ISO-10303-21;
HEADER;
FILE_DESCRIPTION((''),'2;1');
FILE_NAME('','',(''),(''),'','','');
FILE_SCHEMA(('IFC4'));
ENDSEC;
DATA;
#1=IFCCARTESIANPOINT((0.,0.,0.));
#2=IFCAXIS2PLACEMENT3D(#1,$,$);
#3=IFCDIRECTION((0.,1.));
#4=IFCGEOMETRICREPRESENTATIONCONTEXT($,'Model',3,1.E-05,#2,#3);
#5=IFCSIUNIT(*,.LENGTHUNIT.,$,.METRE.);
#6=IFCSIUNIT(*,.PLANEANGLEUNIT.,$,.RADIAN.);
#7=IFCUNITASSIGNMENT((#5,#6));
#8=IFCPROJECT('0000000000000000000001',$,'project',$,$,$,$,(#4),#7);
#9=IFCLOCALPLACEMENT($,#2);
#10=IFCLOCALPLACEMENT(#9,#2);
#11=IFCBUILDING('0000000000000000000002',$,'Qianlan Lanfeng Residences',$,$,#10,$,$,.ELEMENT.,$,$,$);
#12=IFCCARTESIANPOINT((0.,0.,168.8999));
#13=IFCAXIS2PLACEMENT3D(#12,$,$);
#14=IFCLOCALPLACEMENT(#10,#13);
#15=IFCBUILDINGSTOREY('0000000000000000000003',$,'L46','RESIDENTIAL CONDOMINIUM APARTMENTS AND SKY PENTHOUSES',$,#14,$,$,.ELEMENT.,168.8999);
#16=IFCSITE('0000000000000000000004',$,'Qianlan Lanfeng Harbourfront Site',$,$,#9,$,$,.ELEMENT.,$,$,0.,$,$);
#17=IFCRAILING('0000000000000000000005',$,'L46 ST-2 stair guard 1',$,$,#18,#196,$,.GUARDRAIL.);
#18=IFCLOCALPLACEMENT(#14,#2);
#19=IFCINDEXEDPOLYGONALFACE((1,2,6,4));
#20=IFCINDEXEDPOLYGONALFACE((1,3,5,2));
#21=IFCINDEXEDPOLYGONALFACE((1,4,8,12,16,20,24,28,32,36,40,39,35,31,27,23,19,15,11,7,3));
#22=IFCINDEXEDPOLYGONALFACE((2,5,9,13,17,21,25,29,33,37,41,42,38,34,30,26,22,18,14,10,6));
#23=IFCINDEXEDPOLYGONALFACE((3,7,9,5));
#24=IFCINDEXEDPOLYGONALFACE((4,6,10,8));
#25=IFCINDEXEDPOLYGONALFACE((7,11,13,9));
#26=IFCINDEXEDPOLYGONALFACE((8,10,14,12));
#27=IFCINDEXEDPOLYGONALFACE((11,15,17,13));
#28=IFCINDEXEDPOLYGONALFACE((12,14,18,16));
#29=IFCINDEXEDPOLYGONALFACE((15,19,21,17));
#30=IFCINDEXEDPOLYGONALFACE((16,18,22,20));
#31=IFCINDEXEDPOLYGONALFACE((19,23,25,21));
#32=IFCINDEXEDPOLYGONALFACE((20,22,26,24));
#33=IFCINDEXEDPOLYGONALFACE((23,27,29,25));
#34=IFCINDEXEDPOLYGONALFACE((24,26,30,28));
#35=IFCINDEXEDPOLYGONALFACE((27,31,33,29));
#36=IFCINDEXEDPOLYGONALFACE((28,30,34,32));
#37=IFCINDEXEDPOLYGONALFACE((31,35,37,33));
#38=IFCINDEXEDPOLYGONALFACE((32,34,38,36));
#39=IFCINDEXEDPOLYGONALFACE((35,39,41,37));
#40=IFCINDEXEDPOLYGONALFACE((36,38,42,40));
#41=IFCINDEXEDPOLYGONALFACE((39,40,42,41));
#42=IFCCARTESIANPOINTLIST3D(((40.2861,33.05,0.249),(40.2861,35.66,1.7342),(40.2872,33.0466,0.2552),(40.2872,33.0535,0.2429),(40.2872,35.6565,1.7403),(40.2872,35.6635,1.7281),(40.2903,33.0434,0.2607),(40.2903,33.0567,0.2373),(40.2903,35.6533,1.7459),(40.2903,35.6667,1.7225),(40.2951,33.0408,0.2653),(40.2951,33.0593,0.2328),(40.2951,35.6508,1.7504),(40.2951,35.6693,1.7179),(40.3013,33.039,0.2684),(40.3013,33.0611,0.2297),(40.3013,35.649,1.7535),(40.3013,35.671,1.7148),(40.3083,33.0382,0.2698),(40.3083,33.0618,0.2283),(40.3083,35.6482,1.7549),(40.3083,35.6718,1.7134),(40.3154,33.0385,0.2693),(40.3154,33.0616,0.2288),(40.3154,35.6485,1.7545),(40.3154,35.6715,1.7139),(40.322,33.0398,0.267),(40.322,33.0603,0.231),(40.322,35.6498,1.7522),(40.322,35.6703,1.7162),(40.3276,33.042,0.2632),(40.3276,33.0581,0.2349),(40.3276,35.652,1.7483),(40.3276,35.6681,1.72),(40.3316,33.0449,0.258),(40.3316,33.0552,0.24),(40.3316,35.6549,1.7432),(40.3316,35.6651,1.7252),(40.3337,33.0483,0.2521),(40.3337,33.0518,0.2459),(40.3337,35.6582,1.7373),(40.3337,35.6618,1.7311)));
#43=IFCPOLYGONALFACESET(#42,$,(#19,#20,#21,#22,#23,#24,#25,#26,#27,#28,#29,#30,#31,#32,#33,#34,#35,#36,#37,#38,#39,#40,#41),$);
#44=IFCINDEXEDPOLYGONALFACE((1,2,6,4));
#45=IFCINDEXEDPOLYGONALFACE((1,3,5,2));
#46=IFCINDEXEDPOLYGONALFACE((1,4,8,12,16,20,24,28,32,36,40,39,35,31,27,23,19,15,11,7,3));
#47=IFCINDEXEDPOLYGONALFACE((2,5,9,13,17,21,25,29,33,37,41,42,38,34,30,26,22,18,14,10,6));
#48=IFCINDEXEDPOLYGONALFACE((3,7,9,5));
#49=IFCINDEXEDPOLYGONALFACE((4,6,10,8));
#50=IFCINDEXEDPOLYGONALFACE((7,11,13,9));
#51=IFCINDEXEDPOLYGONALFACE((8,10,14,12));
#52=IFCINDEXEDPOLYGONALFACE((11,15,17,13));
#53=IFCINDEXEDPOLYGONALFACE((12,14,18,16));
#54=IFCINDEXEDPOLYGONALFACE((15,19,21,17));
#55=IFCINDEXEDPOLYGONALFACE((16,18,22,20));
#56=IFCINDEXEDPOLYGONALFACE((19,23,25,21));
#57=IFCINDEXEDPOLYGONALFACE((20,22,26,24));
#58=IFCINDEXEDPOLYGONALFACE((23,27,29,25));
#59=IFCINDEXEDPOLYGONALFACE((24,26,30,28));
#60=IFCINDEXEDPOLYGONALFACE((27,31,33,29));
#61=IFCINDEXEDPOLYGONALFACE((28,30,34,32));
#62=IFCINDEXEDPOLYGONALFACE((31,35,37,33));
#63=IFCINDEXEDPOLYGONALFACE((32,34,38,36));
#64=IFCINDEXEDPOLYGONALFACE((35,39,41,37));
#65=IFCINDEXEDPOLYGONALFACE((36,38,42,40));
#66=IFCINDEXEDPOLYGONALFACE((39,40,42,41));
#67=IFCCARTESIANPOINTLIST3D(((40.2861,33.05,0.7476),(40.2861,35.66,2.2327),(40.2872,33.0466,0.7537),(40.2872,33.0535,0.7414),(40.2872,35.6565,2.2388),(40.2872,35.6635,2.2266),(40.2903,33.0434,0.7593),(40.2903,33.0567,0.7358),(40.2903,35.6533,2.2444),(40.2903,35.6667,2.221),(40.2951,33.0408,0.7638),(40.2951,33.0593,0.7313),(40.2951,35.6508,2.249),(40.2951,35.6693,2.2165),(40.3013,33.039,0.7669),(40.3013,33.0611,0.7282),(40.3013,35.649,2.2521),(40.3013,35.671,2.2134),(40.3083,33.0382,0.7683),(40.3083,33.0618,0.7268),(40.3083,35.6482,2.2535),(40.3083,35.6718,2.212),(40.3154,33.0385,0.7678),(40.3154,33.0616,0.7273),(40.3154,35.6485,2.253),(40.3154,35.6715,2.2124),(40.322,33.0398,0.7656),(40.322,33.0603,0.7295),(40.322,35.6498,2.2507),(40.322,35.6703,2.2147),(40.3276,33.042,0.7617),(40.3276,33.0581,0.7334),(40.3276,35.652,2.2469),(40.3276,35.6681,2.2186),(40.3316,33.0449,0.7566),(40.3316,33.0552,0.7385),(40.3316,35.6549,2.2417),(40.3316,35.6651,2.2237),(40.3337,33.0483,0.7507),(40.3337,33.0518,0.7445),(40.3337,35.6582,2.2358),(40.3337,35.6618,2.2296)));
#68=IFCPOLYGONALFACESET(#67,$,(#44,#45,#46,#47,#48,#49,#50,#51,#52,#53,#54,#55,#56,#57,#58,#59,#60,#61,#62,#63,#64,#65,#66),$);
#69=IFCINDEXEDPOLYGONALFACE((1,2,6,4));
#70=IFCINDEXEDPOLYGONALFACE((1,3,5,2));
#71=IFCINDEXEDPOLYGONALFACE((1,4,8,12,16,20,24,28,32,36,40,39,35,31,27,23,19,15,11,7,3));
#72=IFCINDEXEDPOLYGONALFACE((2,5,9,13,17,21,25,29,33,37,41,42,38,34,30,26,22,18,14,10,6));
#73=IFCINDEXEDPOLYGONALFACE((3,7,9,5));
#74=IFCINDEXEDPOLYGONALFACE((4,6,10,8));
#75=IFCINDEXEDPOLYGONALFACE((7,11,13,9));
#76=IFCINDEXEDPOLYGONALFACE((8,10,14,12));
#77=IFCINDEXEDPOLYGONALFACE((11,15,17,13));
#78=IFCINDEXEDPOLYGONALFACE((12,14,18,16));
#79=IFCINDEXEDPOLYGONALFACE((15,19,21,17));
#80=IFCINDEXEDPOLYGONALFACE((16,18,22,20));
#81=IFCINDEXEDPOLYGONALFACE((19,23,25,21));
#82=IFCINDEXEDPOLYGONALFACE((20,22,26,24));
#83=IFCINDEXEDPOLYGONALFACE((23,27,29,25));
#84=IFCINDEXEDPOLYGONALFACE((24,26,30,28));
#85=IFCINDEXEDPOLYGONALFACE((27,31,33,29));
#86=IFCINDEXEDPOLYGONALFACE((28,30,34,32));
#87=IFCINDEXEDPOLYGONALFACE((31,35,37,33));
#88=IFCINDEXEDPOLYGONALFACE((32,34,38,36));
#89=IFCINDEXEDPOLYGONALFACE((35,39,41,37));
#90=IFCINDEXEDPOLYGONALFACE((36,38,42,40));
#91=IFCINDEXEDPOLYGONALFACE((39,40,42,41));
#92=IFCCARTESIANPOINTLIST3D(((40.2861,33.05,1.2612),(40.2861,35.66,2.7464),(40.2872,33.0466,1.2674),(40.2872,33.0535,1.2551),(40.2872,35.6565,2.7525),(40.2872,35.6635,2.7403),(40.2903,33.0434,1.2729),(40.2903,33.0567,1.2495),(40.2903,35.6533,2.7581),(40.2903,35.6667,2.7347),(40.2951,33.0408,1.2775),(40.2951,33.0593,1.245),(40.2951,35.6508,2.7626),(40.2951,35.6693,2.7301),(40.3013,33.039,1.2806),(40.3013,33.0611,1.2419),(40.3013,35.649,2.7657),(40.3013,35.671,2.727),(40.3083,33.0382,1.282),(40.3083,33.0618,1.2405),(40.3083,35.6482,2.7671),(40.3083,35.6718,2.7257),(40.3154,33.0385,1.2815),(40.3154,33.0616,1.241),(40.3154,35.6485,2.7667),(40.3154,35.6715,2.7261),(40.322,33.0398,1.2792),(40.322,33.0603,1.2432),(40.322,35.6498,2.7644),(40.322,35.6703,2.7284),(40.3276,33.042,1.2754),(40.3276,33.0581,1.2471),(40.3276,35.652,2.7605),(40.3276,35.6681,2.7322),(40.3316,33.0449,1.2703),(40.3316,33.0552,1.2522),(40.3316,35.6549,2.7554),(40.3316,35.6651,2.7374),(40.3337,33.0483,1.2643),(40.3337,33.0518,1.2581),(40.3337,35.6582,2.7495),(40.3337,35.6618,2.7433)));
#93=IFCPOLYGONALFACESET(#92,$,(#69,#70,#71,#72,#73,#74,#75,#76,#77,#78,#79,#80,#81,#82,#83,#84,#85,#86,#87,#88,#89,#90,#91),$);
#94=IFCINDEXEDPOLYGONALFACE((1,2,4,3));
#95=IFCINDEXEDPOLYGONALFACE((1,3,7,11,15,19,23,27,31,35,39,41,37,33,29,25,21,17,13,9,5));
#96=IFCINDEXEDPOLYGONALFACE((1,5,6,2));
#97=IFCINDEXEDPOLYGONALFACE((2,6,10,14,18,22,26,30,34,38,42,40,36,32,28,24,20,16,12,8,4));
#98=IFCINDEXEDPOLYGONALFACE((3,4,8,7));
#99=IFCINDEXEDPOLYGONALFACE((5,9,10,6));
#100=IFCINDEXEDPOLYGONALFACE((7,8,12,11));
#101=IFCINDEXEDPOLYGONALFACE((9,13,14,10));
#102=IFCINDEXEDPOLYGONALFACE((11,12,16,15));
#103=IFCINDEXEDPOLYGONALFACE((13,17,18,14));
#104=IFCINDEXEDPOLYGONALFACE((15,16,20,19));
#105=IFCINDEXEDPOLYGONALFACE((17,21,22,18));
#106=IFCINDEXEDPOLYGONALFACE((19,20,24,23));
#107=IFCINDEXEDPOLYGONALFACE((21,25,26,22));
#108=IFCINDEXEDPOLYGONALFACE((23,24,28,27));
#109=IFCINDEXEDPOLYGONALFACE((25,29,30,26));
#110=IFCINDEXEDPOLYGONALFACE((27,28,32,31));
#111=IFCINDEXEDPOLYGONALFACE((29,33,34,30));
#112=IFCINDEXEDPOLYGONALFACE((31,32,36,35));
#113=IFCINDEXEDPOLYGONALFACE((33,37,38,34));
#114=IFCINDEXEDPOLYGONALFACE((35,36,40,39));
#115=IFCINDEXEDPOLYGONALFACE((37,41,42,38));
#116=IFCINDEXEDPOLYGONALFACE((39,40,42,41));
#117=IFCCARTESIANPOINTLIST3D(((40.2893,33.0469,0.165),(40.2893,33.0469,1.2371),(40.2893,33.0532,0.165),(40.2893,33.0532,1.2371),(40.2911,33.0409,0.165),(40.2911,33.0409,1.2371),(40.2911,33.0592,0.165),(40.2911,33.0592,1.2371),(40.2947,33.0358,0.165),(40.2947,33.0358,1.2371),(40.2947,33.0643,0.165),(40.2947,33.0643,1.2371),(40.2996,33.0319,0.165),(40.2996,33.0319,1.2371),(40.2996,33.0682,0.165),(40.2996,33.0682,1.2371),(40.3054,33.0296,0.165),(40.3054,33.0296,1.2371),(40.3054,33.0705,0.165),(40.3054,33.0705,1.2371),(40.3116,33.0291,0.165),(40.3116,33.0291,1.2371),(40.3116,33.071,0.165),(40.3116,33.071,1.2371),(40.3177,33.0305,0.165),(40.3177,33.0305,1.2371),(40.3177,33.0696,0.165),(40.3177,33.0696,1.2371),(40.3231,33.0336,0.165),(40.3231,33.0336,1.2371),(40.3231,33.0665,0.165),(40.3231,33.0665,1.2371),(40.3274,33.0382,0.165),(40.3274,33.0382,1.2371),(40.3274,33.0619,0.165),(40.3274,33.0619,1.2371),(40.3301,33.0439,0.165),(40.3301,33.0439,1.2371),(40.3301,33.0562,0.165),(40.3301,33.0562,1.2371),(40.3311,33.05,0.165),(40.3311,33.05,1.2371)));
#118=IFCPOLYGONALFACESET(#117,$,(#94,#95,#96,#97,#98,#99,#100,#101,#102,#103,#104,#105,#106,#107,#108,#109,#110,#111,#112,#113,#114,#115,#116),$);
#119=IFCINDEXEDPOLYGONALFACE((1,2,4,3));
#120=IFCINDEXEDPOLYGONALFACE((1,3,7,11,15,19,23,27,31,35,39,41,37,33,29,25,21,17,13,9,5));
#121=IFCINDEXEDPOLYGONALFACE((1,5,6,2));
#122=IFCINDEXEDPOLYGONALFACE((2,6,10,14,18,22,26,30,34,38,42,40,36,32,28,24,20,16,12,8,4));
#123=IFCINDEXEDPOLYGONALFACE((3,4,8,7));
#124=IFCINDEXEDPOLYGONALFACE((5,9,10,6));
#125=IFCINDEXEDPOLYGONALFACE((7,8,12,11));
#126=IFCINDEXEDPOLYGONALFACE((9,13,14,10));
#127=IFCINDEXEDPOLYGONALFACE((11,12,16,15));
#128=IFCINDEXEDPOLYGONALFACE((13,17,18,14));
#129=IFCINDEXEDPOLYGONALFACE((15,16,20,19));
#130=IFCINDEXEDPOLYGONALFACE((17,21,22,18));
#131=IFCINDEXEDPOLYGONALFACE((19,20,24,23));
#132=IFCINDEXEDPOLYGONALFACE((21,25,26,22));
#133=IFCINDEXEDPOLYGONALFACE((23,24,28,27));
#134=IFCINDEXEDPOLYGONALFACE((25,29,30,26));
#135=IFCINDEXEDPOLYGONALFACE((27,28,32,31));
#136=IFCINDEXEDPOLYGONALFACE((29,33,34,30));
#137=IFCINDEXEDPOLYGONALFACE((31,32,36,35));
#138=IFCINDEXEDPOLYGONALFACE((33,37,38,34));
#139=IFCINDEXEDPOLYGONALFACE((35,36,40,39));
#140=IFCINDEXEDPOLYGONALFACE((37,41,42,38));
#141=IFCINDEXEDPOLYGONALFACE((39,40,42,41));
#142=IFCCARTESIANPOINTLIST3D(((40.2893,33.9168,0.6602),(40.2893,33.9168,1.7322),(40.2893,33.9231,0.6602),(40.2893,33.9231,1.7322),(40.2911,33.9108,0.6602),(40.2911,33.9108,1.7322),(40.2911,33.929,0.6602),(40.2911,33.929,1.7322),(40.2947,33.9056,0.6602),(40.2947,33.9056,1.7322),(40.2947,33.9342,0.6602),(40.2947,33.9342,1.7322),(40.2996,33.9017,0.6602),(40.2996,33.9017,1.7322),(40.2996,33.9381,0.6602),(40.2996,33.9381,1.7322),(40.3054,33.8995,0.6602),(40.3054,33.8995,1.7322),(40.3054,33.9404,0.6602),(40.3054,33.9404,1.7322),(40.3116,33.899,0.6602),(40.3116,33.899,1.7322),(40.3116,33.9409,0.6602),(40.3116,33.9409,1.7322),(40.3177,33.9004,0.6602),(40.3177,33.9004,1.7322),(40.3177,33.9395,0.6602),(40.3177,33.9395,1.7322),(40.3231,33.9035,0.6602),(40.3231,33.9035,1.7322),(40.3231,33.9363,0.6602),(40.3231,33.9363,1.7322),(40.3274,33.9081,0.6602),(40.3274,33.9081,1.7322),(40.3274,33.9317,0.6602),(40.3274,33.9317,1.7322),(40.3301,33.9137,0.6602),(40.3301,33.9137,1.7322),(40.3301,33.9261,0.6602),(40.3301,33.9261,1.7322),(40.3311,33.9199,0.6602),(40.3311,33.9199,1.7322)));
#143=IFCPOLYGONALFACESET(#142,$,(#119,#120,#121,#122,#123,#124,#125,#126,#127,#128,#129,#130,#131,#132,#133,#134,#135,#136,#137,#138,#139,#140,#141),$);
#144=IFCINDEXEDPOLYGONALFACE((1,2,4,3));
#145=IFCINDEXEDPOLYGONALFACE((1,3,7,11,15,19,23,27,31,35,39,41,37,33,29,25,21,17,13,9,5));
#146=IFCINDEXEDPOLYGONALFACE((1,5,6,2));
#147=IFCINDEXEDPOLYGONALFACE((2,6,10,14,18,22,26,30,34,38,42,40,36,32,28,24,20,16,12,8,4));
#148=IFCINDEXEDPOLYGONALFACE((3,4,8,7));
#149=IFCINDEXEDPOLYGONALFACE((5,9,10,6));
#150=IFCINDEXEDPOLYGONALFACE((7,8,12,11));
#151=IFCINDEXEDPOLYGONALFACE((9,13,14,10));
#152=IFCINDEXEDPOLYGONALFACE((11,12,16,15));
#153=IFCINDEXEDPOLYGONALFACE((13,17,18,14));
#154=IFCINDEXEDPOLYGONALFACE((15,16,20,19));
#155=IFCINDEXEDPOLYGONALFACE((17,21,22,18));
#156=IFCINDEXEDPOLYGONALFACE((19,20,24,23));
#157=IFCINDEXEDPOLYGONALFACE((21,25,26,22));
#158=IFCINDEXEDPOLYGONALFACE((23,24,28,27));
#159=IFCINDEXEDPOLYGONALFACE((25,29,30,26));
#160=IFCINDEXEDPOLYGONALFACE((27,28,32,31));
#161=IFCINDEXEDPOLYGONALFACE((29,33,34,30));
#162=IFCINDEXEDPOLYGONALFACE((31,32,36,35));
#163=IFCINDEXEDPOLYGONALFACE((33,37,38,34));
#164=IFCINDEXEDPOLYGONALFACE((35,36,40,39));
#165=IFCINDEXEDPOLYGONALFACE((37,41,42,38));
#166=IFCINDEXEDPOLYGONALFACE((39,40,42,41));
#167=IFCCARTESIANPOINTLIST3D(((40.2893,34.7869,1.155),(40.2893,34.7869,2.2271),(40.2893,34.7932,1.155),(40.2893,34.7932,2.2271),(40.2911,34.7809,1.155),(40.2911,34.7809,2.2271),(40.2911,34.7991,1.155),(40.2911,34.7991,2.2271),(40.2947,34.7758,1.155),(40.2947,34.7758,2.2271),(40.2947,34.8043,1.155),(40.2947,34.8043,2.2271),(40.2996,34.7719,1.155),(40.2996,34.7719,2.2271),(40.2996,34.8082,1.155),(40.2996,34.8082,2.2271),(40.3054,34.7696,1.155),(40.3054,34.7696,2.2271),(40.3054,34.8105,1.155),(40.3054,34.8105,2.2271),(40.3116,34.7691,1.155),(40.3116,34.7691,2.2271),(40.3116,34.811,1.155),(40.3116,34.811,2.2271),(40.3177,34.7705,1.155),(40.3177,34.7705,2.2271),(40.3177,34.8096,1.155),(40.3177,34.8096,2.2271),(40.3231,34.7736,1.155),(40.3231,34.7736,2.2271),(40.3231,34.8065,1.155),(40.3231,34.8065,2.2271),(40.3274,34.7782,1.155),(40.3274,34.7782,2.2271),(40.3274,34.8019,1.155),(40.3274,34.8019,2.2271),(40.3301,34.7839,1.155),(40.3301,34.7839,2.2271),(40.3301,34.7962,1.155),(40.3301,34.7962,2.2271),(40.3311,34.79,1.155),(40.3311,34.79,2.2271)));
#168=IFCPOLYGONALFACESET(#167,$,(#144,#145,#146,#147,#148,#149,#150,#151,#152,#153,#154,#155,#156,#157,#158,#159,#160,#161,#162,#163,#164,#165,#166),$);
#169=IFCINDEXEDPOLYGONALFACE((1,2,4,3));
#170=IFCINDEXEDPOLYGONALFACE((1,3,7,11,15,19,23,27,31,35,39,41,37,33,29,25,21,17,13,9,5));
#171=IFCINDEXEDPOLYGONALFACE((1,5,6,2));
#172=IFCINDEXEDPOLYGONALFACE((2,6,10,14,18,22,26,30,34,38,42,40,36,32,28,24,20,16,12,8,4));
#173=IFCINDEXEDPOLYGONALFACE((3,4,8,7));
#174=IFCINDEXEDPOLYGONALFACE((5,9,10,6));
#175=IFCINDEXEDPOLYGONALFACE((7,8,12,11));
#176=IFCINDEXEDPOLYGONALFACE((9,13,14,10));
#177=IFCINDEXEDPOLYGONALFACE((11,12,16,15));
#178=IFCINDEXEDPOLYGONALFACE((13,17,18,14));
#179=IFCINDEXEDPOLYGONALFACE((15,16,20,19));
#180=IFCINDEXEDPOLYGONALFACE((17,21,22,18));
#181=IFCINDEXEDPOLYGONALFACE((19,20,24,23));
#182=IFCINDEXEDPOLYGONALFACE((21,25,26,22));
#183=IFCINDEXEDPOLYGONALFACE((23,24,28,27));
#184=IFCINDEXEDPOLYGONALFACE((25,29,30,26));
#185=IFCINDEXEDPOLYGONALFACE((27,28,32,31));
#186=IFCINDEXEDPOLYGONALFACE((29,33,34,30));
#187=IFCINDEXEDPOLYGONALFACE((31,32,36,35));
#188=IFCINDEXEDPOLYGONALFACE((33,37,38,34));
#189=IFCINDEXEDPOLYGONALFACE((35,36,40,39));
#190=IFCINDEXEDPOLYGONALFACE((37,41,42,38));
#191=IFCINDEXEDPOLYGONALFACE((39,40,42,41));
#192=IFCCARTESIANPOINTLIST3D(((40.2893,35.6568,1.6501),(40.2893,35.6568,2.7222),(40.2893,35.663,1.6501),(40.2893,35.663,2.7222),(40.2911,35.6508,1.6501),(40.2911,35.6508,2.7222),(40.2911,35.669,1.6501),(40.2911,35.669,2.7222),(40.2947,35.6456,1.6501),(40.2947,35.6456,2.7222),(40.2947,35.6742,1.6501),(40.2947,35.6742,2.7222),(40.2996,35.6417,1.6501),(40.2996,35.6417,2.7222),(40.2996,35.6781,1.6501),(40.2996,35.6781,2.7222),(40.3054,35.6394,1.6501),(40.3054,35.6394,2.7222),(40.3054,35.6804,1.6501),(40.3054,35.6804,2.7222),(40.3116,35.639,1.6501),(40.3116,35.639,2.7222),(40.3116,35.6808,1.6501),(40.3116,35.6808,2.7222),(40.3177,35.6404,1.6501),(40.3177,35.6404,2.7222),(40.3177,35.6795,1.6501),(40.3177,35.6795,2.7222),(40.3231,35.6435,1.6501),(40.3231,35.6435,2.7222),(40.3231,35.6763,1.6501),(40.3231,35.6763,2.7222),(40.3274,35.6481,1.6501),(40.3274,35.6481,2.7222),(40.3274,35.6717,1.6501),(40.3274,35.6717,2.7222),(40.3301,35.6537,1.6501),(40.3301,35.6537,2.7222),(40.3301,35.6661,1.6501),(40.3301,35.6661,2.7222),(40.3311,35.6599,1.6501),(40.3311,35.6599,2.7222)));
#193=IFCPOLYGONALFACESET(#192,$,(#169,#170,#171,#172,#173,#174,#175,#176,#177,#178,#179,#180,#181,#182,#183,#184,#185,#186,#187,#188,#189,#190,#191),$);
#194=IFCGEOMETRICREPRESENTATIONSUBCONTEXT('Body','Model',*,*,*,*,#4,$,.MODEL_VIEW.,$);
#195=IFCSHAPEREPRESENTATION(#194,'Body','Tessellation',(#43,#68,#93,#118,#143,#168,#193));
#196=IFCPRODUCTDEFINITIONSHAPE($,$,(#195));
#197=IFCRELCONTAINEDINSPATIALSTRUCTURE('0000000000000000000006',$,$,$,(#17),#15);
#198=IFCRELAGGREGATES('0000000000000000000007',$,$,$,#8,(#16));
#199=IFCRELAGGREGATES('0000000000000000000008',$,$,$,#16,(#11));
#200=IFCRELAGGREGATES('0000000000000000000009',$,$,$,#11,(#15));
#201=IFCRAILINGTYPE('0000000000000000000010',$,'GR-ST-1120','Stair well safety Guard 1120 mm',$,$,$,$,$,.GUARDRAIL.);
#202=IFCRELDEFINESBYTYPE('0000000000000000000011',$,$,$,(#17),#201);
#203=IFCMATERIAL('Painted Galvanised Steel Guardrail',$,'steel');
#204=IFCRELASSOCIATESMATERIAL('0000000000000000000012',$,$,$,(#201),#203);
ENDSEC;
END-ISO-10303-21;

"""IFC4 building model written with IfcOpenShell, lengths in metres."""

from ifc_helpers import new_model, si_unit, direction, frame, origin, origin_2d, place, context, subcontext, project, spatial, circle, extrude, material, type_object, element, save


model = new_model("IFC4")

# Units and contexts
model_context = context("Model", 3, precision=1e-05, world=origin(), true_north=direction((0.0, 1.0)))
body_context = subcontext(model_context, "Body", "Model", "MODEL_VIEW")
ifc_project = project(units=[si_unit("LENGTHUNIT", "METRE"), si_unit("PLANEANGLEUNIT", "RADIAN")], contexts=[model_context])

# Site, building, storey
site_placement = place(None, origin())
site = spatial("IfcSite", under=ifc_project, at=site_placement, Name="Qianlan Lanfeng Harbourfront Site", CompositionType="ELEMENT", RefElevation=0.0)
building_placement = place(site_placement, origin())
building = spatial("IfcBuilding", under=site, at=building_placement, Name="Qianlan Lanfeng Residences", CompositionType="ELEMENT")
storey_placement = place(building_placement, frame((0.0, 0.0, 168.8999)))
storey = spatial("IfcBuildingStorey", under=building, at=storey_placement, Name="L46", Description="RESIDENTIAL CONDOMINIUM APARTMENTS AND SKY PENTHOUSES", CompositionType="ELEMENT", Elevation=168.8999)

# Railing
ifc_material_1 = material(Name="Painted Galvanised Steel Guardrail", Category="steel")
railing_type_1 = type_object("IfcRailingType", Name="GR-ST-1120", Description="Stair well safety Guard 1120 mm", PredefinedType="GUARDRAIL", material=ifc_material_1)
railing_1_placement = place(storey_placement, frame((40.3101, 33.05, 0.165)))
element("IfcRailing", 1, at=railing_1_placement, inside=storey, type_object=railing_type_1, Name="L46 ST-2 stair guard 1", PredefinedType="GUARDRAIL", context=body_context, shape_type="SweptSolid", body=[
    extrude(circle(Radius=0.0239, at=origin_2d()), frame((0.0, 0.0, 0.084), z_axis=(0.0, 0.869137, 0.494571), x_axis=(-1.0, 0.0, 0.0)), (0.0, 0.0, 1.0), 3.0029),
    extrude(circle(Radius=0.0239, at=origin_2d()), frame((0.0, 0.0, 0.5825), z_axis=(0.0, 0.869137, 0.494571), x_axis=(-1.0, 0.0, 0.0)), (0.0, 0.0, 1.0), 3.0029),
    extrude(circle(Radius=0.0239, at=origin_2d()), frame((0.0, 0.0, 1.0962), z_axis=(0.0, 0.869137, 0.494571), x_axis=(-1.0, 0.0, 0.0)), (0.0, 0.0, 1.0), 3.0029),
    extrude(circle(Radius=0.021, at=origin_2d()), origin(), (0.0, 0.0, 1.0), 1.072),
    extrude(circle(Radius=0.021, at=origin_2d()), frame((0.0, 0.8699, 0.4951)), (0.0, 0.0, 1.0), 1.072),
    extrude(circle(Radius=0.021, at=origin_2d()), frame((0.0, 1.74, 0.99)), (0.0, 0.0, 1.0), 1.072),
    extrude(circle(Radius=0.021, at=origin_2d()), frame((0.0, 2.6099, 1.4851)), (0.0, 0.0, 1.0), 1.072),
])

save(model, "model.ifc")
